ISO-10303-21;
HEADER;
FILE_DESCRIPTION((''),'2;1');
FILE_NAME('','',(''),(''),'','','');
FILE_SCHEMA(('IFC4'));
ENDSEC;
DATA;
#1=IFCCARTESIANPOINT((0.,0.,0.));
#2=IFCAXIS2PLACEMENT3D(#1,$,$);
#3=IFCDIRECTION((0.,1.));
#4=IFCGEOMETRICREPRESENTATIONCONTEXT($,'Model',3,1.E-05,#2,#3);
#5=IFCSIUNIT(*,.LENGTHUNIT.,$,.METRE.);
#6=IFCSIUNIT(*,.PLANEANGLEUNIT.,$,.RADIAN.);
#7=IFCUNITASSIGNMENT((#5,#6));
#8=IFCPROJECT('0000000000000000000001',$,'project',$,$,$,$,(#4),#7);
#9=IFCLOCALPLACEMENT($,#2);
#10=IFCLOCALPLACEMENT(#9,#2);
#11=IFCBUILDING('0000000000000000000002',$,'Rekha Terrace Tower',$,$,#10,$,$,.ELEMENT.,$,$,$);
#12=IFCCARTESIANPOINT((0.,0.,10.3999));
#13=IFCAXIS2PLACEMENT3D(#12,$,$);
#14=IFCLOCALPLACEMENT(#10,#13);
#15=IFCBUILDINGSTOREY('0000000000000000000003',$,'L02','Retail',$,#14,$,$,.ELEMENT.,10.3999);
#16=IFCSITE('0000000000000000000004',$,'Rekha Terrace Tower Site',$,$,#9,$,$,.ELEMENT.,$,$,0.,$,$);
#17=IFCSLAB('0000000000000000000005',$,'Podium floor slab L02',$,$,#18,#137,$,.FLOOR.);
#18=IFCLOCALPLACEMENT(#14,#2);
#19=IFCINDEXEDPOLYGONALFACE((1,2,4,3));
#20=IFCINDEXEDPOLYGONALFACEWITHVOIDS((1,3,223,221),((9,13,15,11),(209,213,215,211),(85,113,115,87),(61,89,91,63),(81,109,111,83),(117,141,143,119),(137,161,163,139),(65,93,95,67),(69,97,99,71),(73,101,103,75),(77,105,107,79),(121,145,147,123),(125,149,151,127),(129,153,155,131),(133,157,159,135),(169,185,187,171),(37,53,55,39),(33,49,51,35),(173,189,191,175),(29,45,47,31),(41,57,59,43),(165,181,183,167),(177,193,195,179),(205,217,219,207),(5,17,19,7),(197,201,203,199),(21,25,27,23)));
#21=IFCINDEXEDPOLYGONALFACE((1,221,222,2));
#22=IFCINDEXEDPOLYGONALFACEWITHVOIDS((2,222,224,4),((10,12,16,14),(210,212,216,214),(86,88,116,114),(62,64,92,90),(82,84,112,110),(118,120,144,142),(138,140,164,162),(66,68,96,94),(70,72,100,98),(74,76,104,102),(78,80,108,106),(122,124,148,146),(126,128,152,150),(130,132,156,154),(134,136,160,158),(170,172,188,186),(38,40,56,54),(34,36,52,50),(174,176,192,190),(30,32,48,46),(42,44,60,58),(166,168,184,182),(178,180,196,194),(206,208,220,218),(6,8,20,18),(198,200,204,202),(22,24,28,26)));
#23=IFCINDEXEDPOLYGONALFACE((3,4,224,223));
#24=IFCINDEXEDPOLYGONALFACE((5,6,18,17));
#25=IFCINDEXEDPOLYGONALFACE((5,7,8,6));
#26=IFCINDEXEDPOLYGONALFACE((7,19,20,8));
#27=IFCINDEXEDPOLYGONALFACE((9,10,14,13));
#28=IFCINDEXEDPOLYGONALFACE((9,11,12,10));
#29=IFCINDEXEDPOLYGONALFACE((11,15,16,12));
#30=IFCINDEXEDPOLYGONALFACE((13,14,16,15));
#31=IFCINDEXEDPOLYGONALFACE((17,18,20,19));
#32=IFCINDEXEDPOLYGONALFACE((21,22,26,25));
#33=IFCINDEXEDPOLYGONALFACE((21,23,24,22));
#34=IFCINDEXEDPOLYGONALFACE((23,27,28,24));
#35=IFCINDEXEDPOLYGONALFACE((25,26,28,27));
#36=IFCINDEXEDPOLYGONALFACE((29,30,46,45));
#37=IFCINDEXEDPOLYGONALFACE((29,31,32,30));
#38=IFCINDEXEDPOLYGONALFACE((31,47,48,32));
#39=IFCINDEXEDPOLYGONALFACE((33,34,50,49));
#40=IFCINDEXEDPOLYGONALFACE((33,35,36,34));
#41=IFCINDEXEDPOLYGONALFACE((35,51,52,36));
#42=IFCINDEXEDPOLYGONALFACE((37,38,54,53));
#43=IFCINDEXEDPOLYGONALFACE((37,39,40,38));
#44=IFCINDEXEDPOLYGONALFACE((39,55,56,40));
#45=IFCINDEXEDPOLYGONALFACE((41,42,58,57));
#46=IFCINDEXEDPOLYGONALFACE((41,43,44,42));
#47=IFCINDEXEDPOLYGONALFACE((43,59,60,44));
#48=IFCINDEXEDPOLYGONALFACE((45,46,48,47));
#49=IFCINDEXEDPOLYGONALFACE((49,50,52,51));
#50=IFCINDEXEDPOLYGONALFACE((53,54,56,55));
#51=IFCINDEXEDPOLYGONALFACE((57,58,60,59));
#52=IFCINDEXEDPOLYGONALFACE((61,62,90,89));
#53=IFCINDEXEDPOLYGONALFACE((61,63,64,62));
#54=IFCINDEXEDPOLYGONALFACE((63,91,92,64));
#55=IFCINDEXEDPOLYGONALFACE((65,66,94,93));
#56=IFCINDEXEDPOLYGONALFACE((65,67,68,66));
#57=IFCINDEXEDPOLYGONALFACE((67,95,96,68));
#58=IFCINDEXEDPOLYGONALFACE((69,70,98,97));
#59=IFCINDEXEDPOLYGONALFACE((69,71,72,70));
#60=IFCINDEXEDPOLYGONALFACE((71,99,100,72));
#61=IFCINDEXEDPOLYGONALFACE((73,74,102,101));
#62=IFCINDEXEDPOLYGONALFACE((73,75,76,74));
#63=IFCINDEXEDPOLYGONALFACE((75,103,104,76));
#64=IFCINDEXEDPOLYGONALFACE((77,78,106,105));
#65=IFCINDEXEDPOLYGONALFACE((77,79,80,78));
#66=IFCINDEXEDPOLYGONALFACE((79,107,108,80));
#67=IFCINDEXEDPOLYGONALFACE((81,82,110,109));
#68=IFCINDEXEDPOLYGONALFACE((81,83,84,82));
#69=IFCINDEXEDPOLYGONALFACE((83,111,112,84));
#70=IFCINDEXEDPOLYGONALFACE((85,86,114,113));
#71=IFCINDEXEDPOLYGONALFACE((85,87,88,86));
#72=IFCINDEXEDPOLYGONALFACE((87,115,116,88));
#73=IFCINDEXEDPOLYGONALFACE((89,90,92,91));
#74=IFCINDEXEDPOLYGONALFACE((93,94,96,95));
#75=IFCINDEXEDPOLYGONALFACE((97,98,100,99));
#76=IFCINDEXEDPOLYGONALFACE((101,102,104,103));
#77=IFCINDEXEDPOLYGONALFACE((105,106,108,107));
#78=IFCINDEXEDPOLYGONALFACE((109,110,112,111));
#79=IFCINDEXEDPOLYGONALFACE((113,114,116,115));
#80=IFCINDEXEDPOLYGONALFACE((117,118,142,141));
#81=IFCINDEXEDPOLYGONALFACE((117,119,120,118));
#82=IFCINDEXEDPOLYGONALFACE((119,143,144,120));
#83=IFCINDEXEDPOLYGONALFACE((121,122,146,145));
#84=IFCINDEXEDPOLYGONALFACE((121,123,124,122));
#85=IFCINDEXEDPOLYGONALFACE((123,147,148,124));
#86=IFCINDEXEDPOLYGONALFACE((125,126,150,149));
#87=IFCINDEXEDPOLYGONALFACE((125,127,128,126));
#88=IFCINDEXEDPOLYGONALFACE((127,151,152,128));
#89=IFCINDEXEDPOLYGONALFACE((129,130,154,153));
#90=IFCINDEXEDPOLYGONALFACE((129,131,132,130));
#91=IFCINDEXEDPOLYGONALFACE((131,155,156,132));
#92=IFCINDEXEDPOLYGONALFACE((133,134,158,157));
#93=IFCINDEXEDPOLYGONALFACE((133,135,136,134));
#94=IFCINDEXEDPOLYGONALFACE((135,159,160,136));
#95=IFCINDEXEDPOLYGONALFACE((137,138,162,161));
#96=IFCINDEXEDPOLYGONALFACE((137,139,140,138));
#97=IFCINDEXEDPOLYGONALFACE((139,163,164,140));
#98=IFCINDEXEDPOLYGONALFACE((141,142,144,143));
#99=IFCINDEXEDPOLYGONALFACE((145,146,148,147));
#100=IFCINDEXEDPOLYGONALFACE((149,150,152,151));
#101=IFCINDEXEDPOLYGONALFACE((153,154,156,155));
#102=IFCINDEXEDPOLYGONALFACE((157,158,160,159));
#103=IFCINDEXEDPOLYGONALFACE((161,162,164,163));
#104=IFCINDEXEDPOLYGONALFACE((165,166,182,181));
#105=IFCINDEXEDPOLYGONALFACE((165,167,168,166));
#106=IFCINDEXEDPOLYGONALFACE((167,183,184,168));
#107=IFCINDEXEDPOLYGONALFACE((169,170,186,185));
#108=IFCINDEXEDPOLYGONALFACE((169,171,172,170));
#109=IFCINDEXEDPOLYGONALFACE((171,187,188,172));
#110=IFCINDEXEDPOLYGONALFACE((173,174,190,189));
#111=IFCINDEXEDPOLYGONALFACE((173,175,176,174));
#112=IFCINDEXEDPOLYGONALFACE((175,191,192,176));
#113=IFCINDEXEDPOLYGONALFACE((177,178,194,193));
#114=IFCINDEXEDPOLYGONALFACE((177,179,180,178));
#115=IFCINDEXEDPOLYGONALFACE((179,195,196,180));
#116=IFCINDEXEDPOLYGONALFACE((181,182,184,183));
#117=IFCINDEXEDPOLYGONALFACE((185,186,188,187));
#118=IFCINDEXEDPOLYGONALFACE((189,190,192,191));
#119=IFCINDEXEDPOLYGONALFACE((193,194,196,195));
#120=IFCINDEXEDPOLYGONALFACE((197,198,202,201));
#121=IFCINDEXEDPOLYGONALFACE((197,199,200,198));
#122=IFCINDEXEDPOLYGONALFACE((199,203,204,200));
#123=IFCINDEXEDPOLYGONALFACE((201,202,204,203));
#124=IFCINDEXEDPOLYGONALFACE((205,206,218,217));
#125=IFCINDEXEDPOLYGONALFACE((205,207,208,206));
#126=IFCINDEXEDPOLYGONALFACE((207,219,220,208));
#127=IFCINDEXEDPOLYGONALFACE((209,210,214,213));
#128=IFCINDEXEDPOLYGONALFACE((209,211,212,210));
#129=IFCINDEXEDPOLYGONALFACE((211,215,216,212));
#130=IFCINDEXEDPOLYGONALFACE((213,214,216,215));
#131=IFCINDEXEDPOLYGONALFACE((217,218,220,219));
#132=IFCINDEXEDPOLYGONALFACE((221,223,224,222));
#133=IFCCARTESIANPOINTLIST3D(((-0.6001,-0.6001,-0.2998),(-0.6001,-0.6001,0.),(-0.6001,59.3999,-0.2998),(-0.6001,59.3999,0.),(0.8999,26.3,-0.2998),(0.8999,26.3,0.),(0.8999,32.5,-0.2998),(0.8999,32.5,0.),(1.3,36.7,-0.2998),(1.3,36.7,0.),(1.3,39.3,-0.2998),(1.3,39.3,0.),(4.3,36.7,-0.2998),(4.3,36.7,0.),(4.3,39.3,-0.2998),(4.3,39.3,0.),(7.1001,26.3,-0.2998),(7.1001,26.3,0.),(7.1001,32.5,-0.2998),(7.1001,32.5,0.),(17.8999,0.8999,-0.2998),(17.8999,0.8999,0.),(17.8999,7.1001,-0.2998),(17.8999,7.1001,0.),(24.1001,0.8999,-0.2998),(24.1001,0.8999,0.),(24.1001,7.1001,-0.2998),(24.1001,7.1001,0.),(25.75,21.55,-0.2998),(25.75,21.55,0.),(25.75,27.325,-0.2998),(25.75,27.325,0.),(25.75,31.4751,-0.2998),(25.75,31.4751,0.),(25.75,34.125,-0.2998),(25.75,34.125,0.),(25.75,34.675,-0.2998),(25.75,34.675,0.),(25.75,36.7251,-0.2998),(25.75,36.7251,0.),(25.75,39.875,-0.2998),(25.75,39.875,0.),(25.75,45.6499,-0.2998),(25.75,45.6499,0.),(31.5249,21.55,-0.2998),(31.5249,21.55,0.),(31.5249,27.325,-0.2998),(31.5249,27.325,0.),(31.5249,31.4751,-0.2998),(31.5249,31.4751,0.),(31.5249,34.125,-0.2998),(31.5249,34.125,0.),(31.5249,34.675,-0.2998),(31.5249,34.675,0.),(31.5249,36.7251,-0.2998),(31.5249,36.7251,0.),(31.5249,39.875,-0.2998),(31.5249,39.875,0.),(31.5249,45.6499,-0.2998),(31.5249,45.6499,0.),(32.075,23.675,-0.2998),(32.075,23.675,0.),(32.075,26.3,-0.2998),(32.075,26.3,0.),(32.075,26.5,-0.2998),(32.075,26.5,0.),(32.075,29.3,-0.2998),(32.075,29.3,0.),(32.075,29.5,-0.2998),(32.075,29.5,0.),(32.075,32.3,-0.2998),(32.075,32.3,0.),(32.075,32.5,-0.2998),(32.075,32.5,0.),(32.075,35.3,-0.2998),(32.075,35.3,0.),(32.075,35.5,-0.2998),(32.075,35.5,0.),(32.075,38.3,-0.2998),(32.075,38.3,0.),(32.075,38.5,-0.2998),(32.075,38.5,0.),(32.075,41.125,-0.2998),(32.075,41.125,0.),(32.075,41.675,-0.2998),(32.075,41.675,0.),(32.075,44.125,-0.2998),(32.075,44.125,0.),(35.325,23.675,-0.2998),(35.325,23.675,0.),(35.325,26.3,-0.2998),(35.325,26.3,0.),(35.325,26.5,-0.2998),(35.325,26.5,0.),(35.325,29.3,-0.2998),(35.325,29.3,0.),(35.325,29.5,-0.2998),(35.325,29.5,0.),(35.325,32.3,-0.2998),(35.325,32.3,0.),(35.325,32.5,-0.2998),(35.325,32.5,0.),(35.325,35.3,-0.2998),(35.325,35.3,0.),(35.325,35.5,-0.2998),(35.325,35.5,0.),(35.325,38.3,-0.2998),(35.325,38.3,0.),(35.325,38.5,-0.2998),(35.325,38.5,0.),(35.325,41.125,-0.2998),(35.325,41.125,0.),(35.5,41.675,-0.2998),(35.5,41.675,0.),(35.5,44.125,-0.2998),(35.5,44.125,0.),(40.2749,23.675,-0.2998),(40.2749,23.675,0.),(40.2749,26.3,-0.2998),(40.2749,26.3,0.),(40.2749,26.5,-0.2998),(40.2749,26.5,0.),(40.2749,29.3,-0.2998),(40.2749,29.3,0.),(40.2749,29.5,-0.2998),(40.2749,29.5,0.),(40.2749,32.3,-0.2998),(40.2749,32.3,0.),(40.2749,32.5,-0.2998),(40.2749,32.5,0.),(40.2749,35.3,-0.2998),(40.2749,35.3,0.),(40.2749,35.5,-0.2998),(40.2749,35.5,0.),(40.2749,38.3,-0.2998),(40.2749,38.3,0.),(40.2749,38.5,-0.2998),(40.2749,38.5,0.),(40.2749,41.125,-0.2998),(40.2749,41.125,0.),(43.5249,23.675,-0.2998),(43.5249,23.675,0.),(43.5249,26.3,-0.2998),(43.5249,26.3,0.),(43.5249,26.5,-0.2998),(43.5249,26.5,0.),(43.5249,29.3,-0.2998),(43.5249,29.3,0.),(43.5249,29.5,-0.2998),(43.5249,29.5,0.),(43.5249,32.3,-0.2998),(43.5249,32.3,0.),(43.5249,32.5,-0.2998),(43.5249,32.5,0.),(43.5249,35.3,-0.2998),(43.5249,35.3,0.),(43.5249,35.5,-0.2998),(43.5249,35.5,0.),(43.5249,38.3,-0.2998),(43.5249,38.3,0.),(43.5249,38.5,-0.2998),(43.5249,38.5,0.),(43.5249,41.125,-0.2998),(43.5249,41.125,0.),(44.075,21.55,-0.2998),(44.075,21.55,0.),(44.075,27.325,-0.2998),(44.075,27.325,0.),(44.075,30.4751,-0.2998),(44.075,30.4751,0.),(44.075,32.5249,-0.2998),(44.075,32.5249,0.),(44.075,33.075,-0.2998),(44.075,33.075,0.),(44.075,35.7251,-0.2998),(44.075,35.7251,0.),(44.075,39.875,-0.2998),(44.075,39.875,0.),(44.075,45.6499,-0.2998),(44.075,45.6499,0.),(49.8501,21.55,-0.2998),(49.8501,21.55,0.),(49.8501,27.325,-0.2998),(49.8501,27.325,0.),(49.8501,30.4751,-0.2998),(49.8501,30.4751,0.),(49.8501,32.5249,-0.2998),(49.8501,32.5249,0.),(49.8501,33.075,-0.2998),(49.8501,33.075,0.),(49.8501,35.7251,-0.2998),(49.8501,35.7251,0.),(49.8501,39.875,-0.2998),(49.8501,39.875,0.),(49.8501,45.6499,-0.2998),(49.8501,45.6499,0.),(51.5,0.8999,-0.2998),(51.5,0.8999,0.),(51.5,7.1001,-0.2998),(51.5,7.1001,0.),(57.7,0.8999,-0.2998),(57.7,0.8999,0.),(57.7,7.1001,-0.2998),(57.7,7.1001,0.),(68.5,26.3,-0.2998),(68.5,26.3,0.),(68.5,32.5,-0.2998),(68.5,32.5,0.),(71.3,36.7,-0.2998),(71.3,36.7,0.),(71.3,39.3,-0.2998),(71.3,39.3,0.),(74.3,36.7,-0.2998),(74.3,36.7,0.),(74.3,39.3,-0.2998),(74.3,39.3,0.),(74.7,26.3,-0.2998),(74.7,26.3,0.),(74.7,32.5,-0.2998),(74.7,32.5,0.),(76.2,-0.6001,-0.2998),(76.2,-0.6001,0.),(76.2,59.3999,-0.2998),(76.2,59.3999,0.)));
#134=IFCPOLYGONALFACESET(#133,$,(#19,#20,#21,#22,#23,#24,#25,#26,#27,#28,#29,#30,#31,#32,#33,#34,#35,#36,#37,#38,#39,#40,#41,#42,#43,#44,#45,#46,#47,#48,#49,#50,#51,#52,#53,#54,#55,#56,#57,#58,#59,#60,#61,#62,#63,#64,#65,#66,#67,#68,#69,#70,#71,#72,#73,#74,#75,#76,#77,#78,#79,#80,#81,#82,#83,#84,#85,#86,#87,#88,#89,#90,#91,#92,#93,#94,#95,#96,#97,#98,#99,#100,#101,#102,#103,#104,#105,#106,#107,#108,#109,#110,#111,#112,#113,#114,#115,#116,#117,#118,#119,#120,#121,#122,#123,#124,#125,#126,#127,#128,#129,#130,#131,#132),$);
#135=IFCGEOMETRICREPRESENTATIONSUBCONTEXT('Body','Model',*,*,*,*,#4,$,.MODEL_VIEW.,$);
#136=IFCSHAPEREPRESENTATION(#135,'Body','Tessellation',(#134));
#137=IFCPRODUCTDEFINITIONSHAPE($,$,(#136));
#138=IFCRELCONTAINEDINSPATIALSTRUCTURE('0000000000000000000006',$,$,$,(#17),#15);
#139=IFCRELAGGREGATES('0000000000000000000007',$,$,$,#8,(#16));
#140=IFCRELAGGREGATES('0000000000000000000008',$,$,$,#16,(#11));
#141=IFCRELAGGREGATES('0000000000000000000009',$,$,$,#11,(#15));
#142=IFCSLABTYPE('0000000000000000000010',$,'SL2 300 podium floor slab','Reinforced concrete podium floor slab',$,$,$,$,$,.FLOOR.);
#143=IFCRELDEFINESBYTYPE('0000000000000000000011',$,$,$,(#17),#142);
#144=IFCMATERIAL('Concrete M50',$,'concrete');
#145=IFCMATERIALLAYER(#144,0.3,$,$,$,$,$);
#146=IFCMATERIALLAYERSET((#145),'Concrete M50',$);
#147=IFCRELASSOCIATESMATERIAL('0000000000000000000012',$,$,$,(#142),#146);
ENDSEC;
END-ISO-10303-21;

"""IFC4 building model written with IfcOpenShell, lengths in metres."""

from ifc_helpers import new_model, si_unit, direction, frame, origin, place, context, subcontext, project, spatial, polyline, outline, extrude, material, layer, layer_set, type_object, element, save


model = new_model("IFC4")

# Units and contexts
model_context = context("Model", 3, precision=1e-05, world=origin(), true_north=direction((0.0, 1.0)))
body_context = subcontext(model_context, "Body", "Model", "MODEL_VIEW")
ifc_project = project(units=[si_unit("LENGTHUNIT", "METRE"), si_unit("PLANEANGLEUNIT", "RADIAN")], contexts=[model_context])

# Site, building, storey
site_placement = place(None, origin())
site = spatial("IfcSite", under=ifc_project, at=site_placement, Name="Rekha Terrace Tower Site", CompositionType="ELEMENT", RefElevation=0.0)
building_placement = place(site_placement, origin())
building = spatial("IfcBuilding", under=site, at=building_placement, Name="Rekha Terrace Tower", CompositionType="ELEMENT")
storey_placement = place(building_placement, frame((0.0, 0.0, 10.3999)))
storey = spatial("IfcBuildingStorey", under=building, at=storey_placement, Name="L02", Description="Retail", CompositionType="ELEMENT", Elevation=10.3999)

# Slab
ifc_material_1 = material(Name="Concrete M50", Category="concrete")
ifc_layer_1 = layer(ifc_material_1, 0.3)
ifc_layer_set_1 = layer_set([ifc_layer_1], Name="Concrete M50")
slab_type_1 = type_object("IfcSlabType", Name="SL2 300 podium floor slab", Description="Reinforced concrete podium floor slab", PredefinedType="FLOOR", material=ifc_layer_set_1)
slab_1_placement = place(storey_placement, frame((0.0, 0.0, -0.2998)))
element("IfcSlab", 1, at=slab_1_placement, inside=storey, type_object=slab_type_1, Name="Podium floor slab L02", PredefinedType="FLOOR", context=body_context, shape_type="SweptSolid", body=[
    extrude(outline(polyline([(-0.6001, 59.3999), (-0.6001, -0.6001), (76.2, -0.6001), (76.2, 59.3999), (-0.6001, 59.3999)]), holes=[polyline([(24.1001, 7.1001), (24.1001, 0.8999), (17.8999, 0.8999), (17.8999, 7.1001), (24.1001, 7.1001)]), polyline([(31.5249, 21.55), (25.75, 21.55), (25.75, 27.325), (31.5249, 27.325), (31.5249, 21.55)]), polyline([(35.325, 23.675), (32.075, 23.675), (32.075, 26.3), (35.325, 26.3), (35.325, 23.675)]), polyline([(35.325, 29.3), (35.325, 26.5), (32.075, 26.5), (32.075, 29.3), (35.325, 29.3)]), polyline([(7.1001, 26.3), (0.8999, 26.3), (0.8999, 32.5), (7.1001, 32.5), (7.1001, 26.3)]), polyline([(35.325, 29.5), (32.075, 29.5), (32.075, 32.3), (35.325, 32.3), (35.325, 29.5)]), polyline([(31.5249, 34.125), (31.5249, 31.4751), (25.75, 31.4751), (25.75, 34.125), (31.5249, 34.125)]), polyline([(35.325, 32.5), (32.075, 32.5), (32.075, 35.3), (35.325, 35.3), (35.325, 32.5)]), polyline([(31.5249, 34.675), (25.75, 34.675), (25.75, 36.7251), (31.5249, 36.7251), (31.5249, 34.675)]), polyline([(35.325, 35.5), (32.075, 35.5), (32.075, 38.3), (35.325, 38.3), (35.325, 35.5)]), polyline([(4.3, 36.7), (1.3, 36.7), (1.3, 39.3), (4.3, 39.3), (4.3, 36.7)]), polyline([(35.325, 38.5), (32.075, 38.5), (32.075, 41.125), (35.325, 41.125), (35.325, 38.5)]), polyline([(31.5249, 39.875), (25.75, 39.875), (25.75, 45.6499), (31.5249, 45.6499), (31.5249, 39.875)]), polyline([(35.5, 44.125), (35.5, 41.675), (32.075, 41.675), (32.075, 44.125), (35.5, 44.125)]), polyline([(57.7, 0.8999), (51.5, 0.8999), (51.5, 7.1001), (57.7, 7.1001), (57.7, 0.8999)]), polyline([(49.8501, 21.55), (44.075, 21.55), (44.075, 27.325), (49.8501, 27.325), (49.8501, 21.55)]), polyline([(43.5249, 23.675), (40.2749, 23.675), (40.2749, 26.3), (43.5249, 26.3), (43.5249, 23.675)]), polyline([(43.5249, 26.5), (40.2749, 26.5), (40.2749, 29.3), (43.5249, 29.3), (43.5249, 26.5)]), polyline([(74.7, 26.3), (68.5, 26.3), (68.5, 32.5), (74.7, 32.5), (74.7, 26.3)]), polyline([(43.5249, 29.5), (40.2749, 29.5), (40.2749, 32.3), (43.5249, 32.3), (43.5249, 29.5)]), polyline([(49.8501, 32.5249), (49.8501, 30.4751), (44.075, 30.4751), (44.075, 32.5249), (49.8501, 32.5249)]), polyline([(43.5249, 32.5), (40.2749, 32.5), (40.2749, 35.3), (43.5249, 35.3), (43.5249, 32.5)]), polyline([(49.8501, 33.075), (44.075, 33.075), (44.075, 35.7251), (49.8501, 35.7251), (49.8501, 33.075)]), polyline([(43.5249, 35.5), (40.2749, 35.5), (40.2749, 38.3), (43.5249, 38.3), (43.5249, 35.5)]), polyline([(74.3, 36.7), (71.3, 36.7), (71.3, 39.3), (74.3, 39.3), (74.3, 36.7)]), polyline([(43.5249, 38.5), (40.2749, 38.5), (40.2749, 41.125), (43.5249, 41.125), (43.5249, 38.5)]), polyline([(49.8501, 39.875), (44.075, 39.875), (44.075, 45.6499), (49.8501, 45.6499), (49.8501, 39.875)])]), origin(), (0.0, 0.0, 1.0), 0.2998),
])

save(model, "model.ifc")
